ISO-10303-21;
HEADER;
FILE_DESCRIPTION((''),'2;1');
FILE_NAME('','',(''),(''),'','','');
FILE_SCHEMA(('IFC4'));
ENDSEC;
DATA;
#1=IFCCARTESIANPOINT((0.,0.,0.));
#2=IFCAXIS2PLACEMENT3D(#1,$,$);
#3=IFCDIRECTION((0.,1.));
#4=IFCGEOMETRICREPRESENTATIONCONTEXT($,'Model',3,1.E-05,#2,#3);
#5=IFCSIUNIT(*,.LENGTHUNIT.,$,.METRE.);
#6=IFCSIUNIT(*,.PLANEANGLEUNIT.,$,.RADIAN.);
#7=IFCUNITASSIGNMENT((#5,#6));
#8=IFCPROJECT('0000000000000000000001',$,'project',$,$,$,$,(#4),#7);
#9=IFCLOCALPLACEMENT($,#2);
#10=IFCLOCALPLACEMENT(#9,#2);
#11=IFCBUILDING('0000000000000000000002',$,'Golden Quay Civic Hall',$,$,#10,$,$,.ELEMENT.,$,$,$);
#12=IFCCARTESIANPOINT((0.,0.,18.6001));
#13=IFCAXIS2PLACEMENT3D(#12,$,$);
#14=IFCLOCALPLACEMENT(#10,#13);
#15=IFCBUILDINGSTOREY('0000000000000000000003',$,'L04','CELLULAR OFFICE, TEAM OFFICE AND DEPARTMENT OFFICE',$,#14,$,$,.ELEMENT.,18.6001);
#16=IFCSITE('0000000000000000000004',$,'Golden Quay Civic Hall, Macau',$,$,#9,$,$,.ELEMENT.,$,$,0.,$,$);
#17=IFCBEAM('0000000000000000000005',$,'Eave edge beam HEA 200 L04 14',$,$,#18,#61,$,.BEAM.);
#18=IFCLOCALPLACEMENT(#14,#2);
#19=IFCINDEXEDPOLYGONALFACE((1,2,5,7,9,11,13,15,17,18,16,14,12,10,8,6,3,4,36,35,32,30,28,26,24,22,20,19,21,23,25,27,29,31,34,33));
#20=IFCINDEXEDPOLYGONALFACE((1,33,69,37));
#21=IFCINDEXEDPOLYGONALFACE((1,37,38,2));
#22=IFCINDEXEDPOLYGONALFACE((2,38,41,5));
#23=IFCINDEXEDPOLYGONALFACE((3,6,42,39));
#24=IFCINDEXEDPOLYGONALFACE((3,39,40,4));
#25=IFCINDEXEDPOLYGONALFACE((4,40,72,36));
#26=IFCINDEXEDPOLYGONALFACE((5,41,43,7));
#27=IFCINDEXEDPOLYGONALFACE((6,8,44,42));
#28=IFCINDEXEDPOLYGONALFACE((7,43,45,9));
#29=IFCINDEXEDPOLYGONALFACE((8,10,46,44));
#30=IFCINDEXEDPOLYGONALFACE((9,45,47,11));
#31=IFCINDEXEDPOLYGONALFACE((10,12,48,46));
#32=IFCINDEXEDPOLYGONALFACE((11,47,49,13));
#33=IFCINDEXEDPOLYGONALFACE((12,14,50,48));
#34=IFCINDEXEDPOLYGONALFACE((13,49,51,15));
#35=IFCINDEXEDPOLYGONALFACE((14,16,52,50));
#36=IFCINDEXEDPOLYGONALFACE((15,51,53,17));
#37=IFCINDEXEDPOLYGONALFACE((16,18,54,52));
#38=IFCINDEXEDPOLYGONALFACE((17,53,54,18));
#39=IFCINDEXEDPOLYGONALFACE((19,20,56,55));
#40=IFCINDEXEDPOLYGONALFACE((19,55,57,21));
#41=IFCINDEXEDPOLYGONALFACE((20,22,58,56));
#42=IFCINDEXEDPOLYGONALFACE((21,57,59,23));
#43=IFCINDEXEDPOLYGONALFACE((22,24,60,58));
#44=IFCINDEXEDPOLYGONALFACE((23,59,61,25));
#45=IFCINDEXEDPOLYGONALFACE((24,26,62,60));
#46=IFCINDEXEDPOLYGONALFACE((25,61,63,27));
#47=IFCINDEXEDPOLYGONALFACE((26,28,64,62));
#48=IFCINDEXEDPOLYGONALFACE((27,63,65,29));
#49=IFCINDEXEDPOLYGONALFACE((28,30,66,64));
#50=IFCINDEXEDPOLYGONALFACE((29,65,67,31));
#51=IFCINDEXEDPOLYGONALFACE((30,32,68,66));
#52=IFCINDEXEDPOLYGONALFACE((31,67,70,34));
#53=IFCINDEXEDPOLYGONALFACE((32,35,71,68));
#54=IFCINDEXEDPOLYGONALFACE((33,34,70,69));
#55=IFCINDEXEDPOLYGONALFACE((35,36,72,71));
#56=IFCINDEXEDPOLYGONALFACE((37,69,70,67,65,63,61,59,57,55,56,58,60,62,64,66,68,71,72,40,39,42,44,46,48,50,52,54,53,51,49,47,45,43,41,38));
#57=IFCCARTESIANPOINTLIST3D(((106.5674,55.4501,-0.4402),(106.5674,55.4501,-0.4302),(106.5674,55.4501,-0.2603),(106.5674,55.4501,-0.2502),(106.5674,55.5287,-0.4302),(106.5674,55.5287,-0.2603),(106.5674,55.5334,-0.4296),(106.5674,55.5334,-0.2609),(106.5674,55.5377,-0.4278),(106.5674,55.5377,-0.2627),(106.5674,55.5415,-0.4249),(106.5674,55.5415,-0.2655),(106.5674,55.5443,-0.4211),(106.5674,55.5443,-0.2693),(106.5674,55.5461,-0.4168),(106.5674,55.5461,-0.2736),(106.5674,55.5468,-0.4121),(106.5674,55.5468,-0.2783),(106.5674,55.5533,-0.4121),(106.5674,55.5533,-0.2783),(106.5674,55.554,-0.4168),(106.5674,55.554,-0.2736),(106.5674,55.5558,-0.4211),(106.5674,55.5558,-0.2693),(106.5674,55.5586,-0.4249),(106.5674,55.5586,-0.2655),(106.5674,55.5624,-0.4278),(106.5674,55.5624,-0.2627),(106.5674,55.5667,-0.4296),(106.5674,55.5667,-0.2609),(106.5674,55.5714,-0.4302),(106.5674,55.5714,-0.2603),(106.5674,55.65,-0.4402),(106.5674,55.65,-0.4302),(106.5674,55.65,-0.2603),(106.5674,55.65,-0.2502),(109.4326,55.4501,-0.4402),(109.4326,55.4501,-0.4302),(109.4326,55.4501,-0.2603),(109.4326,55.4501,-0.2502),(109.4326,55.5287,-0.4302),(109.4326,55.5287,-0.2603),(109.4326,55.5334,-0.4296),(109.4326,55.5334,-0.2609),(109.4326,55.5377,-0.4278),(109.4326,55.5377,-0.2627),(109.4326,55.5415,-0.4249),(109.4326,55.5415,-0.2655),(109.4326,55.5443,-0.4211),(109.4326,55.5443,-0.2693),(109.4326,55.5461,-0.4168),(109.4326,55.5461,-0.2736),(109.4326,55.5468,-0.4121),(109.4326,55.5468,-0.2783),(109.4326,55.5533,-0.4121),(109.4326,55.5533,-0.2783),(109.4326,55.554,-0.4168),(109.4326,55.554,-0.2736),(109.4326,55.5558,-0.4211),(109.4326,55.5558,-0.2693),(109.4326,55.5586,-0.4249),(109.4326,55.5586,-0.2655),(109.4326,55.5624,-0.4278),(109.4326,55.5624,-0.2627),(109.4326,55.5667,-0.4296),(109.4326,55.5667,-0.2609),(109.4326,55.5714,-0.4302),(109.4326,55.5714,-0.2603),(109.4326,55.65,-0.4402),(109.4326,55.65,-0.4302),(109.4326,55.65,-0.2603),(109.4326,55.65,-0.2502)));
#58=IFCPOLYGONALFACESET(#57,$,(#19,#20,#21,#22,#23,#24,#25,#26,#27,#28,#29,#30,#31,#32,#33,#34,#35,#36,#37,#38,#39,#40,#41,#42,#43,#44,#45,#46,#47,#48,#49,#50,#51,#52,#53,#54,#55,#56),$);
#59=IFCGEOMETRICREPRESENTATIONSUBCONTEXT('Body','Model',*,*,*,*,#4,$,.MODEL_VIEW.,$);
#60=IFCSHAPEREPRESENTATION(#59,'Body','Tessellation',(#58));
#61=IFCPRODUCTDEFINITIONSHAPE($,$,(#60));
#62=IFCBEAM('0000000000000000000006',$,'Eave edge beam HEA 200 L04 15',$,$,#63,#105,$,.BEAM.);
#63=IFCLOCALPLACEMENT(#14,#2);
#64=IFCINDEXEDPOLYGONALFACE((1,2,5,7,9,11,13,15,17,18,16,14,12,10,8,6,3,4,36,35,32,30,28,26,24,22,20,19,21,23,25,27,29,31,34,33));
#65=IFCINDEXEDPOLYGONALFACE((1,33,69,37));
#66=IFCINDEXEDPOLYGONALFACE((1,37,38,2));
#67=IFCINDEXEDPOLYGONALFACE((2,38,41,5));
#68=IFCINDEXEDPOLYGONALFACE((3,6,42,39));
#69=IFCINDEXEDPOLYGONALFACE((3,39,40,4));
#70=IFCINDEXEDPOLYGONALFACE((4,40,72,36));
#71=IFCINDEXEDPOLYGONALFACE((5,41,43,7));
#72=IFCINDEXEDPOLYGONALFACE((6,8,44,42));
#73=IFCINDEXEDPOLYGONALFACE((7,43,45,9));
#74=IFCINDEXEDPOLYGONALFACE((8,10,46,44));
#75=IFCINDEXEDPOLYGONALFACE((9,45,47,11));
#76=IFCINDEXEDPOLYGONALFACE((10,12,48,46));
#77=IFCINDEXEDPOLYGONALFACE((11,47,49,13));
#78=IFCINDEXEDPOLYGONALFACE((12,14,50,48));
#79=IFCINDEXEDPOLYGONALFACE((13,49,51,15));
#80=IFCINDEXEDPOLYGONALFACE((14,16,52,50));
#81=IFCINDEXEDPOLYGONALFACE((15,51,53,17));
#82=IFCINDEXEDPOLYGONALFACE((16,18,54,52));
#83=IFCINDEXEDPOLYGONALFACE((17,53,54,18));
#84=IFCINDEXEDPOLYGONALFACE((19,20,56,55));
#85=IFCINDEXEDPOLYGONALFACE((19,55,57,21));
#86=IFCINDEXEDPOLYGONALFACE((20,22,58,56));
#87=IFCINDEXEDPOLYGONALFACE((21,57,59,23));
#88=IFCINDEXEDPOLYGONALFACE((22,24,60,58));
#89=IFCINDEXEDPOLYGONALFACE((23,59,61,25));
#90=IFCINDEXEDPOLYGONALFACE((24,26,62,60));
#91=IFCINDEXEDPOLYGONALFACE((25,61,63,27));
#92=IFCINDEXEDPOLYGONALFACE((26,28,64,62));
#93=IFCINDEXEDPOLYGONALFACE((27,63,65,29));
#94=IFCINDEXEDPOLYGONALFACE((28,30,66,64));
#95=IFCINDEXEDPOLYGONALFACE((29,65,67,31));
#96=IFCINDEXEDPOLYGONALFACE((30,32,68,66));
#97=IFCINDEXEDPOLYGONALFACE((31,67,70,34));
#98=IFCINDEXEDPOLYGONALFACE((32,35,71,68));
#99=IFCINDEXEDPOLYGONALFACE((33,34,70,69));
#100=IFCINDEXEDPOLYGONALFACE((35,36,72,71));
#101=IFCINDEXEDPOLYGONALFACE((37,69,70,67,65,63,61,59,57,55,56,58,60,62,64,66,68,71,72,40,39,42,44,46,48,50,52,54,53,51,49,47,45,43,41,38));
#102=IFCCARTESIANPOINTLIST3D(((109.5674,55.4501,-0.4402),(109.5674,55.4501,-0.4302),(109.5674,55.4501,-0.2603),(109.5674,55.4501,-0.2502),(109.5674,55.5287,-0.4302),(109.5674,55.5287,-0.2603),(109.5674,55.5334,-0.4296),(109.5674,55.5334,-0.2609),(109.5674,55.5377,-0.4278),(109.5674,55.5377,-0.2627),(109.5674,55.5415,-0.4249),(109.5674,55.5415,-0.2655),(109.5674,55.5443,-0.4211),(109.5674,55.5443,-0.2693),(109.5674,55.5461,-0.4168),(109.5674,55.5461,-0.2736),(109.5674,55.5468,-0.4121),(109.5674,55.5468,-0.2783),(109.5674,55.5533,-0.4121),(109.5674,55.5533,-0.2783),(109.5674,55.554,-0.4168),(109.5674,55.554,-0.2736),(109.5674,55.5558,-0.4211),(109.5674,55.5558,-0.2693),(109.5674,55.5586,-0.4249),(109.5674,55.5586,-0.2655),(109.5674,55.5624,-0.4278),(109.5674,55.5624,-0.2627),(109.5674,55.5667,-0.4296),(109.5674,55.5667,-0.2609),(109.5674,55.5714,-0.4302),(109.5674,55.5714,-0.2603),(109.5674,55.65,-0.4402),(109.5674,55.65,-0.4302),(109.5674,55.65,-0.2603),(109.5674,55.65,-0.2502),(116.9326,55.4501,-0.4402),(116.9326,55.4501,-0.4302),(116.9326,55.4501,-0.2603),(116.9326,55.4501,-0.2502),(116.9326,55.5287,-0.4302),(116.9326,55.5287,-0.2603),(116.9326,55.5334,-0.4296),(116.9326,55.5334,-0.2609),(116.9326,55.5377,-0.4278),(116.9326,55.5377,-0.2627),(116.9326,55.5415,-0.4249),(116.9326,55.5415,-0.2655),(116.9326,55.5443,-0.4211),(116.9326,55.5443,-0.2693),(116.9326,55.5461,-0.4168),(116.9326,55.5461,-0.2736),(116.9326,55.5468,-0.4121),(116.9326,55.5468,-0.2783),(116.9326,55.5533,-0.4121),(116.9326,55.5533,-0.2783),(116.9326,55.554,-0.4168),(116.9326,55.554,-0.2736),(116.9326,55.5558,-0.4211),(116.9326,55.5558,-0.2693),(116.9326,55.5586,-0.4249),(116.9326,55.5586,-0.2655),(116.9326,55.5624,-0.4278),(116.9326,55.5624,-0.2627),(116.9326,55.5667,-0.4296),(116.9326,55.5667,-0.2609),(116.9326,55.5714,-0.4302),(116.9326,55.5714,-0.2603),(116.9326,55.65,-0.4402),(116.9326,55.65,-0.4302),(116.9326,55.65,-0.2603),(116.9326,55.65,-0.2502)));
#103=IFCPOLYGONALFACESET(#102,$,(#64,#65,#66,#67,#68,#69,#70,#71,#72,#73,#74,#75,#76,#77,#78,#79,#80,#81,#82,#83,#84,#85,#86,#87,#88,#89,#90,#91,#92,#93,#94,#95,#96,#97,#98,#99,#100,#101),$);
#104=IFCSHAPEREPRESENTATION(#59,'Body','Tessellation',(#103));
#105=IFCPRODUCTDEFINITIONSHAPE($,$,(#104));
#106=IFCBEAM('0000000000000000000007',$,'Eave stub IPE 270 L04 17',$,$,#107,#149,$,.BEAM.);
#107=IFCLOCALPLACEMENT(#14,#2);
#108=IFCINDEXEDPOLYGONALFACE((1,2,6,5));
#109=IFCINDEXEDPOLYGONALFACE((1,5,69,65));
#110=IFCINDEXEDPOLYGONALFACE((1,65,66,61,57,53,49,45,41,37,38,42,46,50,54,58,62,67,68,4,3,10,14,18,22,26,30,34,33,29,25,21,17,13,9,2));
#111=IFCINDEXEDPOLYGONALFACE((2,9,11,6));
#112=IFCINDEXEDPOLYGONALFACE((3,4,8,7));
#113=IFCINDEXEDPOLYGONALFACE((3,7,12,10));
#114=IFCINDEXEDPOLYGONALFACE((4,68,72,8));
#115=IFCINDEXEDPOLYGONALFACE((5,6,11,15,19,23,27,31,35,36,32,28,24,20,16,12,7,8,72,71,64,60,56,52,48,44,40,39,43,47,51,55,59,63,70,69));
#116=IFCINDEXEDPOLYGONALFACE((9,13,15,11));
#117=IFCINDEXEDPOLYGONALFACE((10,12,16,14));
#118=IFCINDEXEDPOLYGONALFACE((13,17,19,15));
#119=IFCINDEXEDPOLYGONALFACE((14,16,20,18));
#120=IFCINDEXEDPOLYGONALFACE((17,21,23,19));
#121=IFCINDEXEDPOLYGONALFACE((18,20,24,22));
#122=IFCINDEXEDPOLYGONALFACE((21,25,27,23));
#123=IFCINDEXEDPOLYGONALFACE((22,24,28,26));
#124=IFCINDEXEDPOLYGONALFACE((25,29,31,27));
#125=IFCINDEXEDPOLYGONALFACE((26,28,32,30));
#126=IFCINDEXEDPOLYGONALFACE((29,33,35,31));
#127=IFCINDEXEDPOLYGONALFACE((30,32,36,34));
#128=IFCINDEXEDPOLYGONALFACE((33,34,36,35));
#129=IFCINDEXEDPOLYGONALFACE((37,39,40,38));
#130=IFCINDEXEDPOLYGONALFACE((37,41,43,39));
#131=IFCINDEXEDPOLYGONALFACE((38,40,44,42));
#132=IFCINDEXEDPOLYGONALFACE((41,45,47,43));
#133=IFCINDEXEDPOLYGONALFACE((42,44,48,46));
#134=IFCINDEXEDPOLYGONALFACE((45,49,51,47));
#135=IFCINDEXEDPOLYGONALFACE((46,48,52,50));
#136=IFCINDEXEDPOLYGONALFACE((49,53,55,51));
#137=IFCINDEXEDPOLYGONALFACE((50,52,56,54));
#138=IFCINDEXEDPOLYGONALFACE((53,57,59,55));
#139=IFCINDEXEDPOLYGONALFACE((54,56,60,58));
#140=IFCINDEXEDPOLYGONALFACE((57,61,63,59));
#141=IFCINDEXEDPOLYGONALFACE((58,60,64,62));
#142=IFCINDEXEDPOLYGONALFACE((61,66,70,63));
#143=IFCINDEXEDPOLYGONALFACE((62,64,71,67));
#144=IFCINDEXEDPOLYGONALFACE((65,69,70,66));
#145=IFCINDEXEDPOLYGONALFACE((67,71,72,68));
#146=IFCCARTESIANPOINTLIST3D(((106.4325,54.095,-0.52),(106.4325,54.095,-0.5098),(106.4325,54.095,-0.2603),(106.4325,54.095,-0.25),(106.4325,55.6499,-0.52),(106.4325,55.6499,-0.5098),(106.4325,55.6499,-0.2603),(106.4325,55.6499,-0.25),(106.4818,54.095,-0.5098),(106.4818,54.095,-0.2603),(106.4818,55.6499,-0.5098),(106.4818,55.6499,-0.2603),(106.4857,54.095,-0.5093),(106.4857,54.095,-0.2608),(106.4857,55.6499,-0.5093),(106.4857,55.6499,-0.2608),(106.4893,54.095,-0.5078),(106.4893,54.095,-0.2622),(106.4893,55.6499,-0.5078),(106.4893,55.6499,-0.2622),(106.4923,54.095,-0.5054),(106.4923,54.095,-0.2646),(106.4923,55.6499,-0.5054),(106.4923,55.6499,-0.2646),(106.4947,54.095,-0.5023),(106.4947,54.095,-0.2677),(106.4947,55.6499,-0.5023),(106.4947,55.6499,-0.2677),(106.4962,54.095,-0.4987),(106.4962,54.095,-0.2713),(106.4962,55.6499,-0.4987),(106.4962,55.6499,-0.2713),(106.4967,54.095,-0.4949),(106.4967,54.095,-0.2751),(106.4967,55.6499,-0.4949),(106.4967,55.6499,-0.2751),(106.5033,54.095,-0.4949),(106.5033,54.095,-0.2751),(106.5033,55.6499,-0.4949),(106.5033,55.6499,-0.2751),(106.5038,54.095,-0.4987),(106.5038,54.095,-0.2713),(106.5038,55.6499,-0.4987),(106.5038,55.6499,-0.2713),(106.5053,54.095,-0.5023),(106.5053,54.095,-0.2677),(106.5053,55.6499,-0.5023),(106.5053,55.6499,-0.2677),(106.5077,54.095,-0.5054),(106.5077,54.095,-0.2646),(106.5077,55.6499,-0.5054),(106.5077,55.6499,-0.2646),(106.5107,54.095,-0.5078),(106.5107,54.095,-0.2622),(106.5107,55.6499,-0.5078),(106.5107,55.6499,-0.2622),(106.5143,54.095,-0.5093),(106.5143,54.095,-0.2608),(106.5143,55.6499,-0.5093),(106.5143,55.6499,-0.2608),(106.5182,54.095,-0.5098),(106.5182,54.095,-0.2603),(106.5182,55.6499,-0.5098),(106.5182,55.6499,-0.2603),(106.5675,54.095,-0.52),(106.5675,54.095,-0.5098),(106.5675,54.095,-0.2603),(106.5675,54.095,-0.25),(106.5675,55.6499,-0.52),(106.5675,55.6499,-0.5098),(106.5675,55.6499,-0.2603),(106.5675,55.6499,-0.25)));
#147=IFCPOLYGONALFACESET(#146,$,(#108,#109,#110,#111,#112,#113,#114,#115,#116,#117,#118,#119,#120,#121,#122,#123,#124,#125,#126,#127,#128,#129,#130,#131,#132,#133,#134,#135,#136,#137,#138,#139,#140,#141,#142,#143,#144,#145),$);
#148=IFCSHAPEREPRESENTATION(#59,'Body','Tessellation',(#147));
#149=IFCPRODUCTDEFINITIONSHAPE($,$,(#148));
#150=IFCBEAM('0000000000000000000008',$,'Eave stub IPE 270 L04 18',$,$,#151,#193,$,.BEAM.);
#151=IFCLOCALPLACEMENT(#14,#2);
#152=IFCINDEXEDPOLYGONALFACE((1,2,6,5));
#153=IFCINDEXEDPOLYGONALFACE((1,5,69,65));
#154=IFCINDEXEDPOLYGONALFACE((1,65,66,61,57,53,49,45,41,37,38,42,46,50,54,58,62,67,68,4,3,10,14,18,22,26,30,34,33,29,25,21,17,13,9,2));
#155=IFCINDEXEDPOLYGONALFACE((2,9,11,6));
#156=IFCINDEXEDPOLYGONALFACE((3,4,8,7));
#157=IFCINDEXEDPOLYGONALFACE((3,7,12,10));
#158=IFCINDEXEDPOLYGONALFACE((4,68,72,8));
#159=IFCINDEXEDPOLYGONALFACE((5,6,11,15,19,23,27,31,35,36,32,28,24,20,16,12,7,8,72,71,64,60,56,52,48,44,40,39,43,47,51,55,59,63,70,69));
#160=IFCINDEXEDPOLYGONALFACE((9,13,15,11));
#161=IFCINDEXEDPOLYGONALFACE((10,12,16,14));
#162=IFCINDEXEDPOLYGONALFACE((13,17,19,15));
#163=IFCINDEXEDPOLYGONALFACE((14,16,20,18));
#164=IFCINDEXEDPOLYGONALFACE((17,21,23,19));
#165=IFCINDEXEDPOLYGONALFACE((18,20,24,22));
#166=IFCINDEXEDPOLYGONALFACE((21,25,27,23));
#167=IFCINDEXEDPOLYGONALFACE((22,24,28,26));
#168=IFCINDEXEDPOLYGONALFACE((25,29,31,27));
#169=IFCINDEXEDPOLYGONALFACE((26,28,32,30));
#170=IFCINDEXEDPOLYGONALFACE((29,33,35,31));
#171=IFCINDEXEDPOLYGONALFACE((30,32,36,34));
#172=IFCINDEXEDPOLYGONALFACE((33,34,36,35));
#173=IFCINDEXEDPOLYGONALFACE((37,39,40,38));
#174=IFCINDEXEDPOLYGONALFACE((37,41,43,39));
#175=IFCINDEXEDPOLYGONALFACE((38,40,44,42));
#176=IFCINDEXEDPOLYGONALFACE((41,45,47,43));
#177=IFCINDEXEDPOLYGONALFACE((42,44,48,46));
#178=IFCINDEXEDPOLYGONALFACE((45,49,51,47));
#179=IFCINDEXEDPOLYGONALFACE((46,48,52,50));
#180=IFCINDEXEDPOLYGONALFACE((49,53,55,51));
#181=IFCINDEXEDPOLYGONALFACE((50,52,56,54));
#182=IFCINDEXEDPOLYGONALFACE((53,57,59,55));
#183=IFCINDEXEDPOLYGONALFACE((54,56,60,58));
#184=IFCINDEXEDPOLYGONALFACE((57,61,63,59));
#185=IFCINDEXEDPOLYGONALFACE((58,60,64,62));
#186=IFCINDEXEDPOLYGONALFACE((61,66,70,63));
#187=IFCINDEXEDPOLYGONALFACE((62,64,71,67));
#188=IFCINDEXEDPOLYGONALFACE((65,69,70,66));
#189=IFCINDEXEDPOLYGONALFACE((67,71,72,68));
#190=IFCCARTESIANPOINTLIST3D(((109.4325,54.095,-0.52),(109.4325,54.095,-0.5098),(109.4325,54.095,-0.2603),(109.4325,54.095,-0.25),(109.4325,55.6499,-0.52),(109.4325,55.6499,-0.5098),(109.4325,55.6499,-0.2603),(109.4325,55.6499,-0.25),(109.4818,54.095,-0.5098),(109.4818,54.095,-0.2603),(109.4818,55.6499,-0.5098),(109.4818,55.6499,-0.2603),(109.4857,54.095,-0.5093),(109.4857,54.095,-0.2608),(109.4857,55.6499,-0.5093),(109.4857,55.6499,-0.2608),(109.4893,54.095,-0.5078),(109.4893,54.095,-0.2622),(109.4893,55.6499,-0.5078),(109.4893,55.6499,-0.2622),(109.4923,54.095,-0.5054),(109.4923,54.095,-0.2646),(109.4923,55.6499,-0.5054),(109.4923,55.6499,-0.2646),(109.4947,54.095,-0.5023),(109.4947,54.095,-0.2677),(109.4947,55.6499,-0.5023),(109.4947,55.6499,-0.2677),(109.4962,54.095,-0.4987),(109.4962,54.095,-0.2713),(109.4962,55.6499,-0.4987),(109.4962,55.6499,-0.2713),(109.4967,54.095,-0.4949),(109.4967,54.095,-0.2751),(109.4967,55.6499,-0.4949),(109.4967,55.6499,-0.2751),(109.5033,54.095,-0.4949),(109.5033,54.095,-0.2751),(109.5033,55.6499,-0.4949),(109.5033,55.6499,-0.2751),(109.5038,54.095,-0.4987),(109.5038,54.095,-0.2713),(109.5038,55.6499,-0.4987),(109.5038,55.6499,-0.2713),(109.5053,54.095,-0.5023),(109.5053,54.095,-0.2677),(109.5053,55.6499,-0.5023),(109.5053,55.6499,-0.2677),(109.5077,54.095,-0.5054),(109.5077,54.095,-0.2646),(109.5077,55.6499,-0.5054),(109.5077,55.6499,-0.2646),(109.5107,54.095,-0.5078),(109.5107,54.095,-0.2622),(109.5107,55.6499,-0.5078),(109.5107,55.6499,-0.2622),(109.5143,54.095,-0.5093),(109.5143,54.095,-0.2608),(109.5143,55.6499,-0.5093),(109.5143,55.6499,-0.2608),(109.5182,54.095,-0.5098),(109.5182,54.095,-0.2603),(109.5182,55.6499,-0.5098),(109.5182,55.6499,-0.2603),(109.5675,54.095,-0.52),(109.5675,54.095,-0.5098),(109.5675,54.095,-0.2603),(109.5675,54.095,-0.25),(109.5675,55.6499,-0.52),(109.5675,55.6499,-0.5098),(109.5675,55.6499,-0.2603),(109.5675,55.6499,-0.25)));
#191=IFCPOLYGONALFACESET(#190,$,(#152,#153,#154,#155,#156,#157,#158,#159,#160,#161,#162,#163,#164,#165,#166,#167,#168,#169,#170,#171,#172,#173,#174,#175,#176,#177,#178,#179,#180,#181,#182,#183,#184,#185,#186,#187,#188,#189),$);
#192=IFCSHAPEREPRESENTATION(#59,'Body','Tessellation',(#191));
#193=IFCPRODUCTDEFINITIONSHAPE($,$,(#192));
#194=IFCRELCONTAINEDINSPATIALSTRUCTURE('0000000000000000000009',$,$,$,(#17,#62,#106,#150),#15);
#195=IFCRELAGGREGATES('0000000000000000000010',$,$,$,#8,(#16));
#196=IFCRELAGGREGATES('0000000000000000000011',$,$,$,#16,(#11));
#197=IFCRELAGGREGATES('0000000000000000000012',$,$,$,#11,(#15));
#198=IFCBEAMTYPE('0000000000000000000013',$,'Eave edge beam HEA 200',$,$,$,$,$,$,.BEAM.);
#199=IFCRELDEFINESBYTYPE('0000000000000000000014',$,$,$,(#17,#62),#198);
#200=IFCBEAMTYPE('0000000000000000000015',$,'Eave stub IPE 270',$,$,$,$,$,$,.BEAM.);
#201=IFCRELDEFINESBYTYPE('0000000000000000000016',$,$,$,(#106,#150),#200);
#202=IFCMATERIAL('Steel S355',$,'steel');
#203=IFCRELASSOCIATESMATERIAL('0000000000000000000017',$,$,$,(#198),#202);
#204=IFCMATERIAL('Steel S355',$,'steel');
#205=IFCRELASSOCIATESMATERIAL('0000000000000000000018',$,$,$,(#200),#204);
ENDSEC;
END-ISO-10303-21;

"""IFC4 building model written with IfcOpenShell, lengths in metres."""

from ifc_helpers import new_model, si_unit, direction, frame, origin, origin_2d, place, context, subcontext, project, spatial, i_section, extrude, material, material_profile, profile_set, type_object, element, save


model = new_model("IFC4")

# Units and contexts
model_context = context("Model", 3, precision=1e-05, world=origin(), true_north=direction((0.0, 1.0)))
body_context = subcontext(model_context, "Body", "Model", "MODEL_VIEW")
ifc_project = project(units=[si_unit("LENGTHUNIT", "METRE"), si_unit("PLANEANGLEUNIT", "RADIAN")], contexts=[model_context])

# Site, building, storey
site_placement = place(None, origin())
site = spatial("IfcSite", under=ifc_project, at=site_placement, Name="Golden Quay Civic Hall, Macau", CompositionType="ELEMENT", RefElevation=0.0)
building_placement = place(site_placement, origin())
building = spatial("IfcBuilding", under=site, at=building_placement, Name="Golden Quay Civic Hall", CompositionType="ELEMENT")
storey_placement = place(building_placement, frame((0.0, 0.0, 18.6001)))
storey = spatial("IfcBuildingStorey", under=building, at=storey_placement, Name="L04", Description="CELLULAR OFFICE, TEAM OFFICE AND DEPARTMENT OFFICE", CompositionType="ELEMENT", Elevation=18.6001)

# Beams
ifc_material_1 = material(Name="Steel S355", Category="steel")
ifc_material_profile_1 = material_profile(ifc_material_1, i_section(OverallWidth=0.2, OverallDepth=0.1899, WebThickness=0.0066, FlangeThickness=0.01, FilletRadius=0.0181, at=origin_2d()), Name="HEA 200")
ifc_profile_set_1 = profile_set([ifc_material_profile_1], Name="Steel S355")
beam_type_1 = type_object("IfcBeamType", Name="Eave edge beam HEA 200", PredefinedType="BEAM", material=ifc_profile_set_1)
beam_1_placement = place(storey_placement, frame((106.5674, 55.55, -0.3452), z_axis=(1.0, 0.0, 0.0), x_axis=(0.0, 1.0, 0.0)))
element("IfcBeam", 1, at=beam_1_placement, inside=storey, type_object=beam_type_1, Name="Eave edge beam HEA 200 L04 14", PredefinedType="BEAM", context=body_context, shape_type="SweptSolid", body=[
    extrude(i_section(OverallWidth=0.2, OverallDepth=0.1899, WebThickness=0.0066, FlangeThickness=0.01, FilletRadius=0.0181, at=origin_2d()), origin(), (0.0, 0.0, 1.0), 2.8652),
])
beam_2_placement = place(storey_placement, frame((109.5674, 55.55, -0.3452), z_axis=(1.0, 0.0, 0.0), x_axis=(0.0, 1.0, 0.0)))
element("IfcBeam", 2, at=beam_2_placement, inside=storey, type_object=beam_type_1, Name="Eave edge beam HEA 200 L04 15", PredefinedType="BEAM", context=body_context, shape_type="SweptSolid", body=[
    extrude(i_section(OverallWidth=0.2, OverallDepth=0.1899, WebThickness=0.0066, FlangeThickness=0.01, FilletRadius=0.0181, at=origin_2d()), origin(), (0.0, 0.0, 1.0), 7.3652),
])
ifc_material_2 = material(Name="Steel S355", Category="steel")
ifc_material_profile_2 = material_profile(ifc_material_2, i_section(OverallWidth=0.135, OverallDepth=0.27, WebThickness=0.0066, FlangeThickness=0.0103, FilletRadius=0.0149, at=origin_2d()), Name="IPE 270")
ifc_profile_set_2 = profile_set([ifc_material_profile_2], Name="Steel S355")
beam_type_2 = type_object("IfcBeamType", Name="Eave stub IPE 270", PredefinedType="BEAM", material=ifc_profile_set_2)
for number, where, z_axis, x_axis, name in (
    (3, (106.5, 54.095, -0.385), (0.0, 1.0, 0.0), (-1.0, 0.0, 0.0), "Eave stub IPE 270 L04 17"),
    (4, (109.5, 54.095, -0.385), (0.0, 1.0, 0.0), (-1.0, 0.0, 0.0), "Eave stub IPE 270 L04 18"),
):
    element("IfcBeam", number, at=place(storey_placement, frame(where, z_axis=z_axis, x_axis=x_axis)), inside=storey, type_object=beam_type_2, Name=name, PredefinedType="BEAM", context=body_context, shape_type="SweptSolid", body=[
        extrude(i_section(OverallWidth=0.135, OverallDepth=0.27, WebThickness=0.0066, FlangeThickness=0.0103, FilletRadius=0.0149, at=origin_2d()), origin(), (0.0, 0.0, 1.0), 1.5549),
    ])

save(model, "model.ifc")
